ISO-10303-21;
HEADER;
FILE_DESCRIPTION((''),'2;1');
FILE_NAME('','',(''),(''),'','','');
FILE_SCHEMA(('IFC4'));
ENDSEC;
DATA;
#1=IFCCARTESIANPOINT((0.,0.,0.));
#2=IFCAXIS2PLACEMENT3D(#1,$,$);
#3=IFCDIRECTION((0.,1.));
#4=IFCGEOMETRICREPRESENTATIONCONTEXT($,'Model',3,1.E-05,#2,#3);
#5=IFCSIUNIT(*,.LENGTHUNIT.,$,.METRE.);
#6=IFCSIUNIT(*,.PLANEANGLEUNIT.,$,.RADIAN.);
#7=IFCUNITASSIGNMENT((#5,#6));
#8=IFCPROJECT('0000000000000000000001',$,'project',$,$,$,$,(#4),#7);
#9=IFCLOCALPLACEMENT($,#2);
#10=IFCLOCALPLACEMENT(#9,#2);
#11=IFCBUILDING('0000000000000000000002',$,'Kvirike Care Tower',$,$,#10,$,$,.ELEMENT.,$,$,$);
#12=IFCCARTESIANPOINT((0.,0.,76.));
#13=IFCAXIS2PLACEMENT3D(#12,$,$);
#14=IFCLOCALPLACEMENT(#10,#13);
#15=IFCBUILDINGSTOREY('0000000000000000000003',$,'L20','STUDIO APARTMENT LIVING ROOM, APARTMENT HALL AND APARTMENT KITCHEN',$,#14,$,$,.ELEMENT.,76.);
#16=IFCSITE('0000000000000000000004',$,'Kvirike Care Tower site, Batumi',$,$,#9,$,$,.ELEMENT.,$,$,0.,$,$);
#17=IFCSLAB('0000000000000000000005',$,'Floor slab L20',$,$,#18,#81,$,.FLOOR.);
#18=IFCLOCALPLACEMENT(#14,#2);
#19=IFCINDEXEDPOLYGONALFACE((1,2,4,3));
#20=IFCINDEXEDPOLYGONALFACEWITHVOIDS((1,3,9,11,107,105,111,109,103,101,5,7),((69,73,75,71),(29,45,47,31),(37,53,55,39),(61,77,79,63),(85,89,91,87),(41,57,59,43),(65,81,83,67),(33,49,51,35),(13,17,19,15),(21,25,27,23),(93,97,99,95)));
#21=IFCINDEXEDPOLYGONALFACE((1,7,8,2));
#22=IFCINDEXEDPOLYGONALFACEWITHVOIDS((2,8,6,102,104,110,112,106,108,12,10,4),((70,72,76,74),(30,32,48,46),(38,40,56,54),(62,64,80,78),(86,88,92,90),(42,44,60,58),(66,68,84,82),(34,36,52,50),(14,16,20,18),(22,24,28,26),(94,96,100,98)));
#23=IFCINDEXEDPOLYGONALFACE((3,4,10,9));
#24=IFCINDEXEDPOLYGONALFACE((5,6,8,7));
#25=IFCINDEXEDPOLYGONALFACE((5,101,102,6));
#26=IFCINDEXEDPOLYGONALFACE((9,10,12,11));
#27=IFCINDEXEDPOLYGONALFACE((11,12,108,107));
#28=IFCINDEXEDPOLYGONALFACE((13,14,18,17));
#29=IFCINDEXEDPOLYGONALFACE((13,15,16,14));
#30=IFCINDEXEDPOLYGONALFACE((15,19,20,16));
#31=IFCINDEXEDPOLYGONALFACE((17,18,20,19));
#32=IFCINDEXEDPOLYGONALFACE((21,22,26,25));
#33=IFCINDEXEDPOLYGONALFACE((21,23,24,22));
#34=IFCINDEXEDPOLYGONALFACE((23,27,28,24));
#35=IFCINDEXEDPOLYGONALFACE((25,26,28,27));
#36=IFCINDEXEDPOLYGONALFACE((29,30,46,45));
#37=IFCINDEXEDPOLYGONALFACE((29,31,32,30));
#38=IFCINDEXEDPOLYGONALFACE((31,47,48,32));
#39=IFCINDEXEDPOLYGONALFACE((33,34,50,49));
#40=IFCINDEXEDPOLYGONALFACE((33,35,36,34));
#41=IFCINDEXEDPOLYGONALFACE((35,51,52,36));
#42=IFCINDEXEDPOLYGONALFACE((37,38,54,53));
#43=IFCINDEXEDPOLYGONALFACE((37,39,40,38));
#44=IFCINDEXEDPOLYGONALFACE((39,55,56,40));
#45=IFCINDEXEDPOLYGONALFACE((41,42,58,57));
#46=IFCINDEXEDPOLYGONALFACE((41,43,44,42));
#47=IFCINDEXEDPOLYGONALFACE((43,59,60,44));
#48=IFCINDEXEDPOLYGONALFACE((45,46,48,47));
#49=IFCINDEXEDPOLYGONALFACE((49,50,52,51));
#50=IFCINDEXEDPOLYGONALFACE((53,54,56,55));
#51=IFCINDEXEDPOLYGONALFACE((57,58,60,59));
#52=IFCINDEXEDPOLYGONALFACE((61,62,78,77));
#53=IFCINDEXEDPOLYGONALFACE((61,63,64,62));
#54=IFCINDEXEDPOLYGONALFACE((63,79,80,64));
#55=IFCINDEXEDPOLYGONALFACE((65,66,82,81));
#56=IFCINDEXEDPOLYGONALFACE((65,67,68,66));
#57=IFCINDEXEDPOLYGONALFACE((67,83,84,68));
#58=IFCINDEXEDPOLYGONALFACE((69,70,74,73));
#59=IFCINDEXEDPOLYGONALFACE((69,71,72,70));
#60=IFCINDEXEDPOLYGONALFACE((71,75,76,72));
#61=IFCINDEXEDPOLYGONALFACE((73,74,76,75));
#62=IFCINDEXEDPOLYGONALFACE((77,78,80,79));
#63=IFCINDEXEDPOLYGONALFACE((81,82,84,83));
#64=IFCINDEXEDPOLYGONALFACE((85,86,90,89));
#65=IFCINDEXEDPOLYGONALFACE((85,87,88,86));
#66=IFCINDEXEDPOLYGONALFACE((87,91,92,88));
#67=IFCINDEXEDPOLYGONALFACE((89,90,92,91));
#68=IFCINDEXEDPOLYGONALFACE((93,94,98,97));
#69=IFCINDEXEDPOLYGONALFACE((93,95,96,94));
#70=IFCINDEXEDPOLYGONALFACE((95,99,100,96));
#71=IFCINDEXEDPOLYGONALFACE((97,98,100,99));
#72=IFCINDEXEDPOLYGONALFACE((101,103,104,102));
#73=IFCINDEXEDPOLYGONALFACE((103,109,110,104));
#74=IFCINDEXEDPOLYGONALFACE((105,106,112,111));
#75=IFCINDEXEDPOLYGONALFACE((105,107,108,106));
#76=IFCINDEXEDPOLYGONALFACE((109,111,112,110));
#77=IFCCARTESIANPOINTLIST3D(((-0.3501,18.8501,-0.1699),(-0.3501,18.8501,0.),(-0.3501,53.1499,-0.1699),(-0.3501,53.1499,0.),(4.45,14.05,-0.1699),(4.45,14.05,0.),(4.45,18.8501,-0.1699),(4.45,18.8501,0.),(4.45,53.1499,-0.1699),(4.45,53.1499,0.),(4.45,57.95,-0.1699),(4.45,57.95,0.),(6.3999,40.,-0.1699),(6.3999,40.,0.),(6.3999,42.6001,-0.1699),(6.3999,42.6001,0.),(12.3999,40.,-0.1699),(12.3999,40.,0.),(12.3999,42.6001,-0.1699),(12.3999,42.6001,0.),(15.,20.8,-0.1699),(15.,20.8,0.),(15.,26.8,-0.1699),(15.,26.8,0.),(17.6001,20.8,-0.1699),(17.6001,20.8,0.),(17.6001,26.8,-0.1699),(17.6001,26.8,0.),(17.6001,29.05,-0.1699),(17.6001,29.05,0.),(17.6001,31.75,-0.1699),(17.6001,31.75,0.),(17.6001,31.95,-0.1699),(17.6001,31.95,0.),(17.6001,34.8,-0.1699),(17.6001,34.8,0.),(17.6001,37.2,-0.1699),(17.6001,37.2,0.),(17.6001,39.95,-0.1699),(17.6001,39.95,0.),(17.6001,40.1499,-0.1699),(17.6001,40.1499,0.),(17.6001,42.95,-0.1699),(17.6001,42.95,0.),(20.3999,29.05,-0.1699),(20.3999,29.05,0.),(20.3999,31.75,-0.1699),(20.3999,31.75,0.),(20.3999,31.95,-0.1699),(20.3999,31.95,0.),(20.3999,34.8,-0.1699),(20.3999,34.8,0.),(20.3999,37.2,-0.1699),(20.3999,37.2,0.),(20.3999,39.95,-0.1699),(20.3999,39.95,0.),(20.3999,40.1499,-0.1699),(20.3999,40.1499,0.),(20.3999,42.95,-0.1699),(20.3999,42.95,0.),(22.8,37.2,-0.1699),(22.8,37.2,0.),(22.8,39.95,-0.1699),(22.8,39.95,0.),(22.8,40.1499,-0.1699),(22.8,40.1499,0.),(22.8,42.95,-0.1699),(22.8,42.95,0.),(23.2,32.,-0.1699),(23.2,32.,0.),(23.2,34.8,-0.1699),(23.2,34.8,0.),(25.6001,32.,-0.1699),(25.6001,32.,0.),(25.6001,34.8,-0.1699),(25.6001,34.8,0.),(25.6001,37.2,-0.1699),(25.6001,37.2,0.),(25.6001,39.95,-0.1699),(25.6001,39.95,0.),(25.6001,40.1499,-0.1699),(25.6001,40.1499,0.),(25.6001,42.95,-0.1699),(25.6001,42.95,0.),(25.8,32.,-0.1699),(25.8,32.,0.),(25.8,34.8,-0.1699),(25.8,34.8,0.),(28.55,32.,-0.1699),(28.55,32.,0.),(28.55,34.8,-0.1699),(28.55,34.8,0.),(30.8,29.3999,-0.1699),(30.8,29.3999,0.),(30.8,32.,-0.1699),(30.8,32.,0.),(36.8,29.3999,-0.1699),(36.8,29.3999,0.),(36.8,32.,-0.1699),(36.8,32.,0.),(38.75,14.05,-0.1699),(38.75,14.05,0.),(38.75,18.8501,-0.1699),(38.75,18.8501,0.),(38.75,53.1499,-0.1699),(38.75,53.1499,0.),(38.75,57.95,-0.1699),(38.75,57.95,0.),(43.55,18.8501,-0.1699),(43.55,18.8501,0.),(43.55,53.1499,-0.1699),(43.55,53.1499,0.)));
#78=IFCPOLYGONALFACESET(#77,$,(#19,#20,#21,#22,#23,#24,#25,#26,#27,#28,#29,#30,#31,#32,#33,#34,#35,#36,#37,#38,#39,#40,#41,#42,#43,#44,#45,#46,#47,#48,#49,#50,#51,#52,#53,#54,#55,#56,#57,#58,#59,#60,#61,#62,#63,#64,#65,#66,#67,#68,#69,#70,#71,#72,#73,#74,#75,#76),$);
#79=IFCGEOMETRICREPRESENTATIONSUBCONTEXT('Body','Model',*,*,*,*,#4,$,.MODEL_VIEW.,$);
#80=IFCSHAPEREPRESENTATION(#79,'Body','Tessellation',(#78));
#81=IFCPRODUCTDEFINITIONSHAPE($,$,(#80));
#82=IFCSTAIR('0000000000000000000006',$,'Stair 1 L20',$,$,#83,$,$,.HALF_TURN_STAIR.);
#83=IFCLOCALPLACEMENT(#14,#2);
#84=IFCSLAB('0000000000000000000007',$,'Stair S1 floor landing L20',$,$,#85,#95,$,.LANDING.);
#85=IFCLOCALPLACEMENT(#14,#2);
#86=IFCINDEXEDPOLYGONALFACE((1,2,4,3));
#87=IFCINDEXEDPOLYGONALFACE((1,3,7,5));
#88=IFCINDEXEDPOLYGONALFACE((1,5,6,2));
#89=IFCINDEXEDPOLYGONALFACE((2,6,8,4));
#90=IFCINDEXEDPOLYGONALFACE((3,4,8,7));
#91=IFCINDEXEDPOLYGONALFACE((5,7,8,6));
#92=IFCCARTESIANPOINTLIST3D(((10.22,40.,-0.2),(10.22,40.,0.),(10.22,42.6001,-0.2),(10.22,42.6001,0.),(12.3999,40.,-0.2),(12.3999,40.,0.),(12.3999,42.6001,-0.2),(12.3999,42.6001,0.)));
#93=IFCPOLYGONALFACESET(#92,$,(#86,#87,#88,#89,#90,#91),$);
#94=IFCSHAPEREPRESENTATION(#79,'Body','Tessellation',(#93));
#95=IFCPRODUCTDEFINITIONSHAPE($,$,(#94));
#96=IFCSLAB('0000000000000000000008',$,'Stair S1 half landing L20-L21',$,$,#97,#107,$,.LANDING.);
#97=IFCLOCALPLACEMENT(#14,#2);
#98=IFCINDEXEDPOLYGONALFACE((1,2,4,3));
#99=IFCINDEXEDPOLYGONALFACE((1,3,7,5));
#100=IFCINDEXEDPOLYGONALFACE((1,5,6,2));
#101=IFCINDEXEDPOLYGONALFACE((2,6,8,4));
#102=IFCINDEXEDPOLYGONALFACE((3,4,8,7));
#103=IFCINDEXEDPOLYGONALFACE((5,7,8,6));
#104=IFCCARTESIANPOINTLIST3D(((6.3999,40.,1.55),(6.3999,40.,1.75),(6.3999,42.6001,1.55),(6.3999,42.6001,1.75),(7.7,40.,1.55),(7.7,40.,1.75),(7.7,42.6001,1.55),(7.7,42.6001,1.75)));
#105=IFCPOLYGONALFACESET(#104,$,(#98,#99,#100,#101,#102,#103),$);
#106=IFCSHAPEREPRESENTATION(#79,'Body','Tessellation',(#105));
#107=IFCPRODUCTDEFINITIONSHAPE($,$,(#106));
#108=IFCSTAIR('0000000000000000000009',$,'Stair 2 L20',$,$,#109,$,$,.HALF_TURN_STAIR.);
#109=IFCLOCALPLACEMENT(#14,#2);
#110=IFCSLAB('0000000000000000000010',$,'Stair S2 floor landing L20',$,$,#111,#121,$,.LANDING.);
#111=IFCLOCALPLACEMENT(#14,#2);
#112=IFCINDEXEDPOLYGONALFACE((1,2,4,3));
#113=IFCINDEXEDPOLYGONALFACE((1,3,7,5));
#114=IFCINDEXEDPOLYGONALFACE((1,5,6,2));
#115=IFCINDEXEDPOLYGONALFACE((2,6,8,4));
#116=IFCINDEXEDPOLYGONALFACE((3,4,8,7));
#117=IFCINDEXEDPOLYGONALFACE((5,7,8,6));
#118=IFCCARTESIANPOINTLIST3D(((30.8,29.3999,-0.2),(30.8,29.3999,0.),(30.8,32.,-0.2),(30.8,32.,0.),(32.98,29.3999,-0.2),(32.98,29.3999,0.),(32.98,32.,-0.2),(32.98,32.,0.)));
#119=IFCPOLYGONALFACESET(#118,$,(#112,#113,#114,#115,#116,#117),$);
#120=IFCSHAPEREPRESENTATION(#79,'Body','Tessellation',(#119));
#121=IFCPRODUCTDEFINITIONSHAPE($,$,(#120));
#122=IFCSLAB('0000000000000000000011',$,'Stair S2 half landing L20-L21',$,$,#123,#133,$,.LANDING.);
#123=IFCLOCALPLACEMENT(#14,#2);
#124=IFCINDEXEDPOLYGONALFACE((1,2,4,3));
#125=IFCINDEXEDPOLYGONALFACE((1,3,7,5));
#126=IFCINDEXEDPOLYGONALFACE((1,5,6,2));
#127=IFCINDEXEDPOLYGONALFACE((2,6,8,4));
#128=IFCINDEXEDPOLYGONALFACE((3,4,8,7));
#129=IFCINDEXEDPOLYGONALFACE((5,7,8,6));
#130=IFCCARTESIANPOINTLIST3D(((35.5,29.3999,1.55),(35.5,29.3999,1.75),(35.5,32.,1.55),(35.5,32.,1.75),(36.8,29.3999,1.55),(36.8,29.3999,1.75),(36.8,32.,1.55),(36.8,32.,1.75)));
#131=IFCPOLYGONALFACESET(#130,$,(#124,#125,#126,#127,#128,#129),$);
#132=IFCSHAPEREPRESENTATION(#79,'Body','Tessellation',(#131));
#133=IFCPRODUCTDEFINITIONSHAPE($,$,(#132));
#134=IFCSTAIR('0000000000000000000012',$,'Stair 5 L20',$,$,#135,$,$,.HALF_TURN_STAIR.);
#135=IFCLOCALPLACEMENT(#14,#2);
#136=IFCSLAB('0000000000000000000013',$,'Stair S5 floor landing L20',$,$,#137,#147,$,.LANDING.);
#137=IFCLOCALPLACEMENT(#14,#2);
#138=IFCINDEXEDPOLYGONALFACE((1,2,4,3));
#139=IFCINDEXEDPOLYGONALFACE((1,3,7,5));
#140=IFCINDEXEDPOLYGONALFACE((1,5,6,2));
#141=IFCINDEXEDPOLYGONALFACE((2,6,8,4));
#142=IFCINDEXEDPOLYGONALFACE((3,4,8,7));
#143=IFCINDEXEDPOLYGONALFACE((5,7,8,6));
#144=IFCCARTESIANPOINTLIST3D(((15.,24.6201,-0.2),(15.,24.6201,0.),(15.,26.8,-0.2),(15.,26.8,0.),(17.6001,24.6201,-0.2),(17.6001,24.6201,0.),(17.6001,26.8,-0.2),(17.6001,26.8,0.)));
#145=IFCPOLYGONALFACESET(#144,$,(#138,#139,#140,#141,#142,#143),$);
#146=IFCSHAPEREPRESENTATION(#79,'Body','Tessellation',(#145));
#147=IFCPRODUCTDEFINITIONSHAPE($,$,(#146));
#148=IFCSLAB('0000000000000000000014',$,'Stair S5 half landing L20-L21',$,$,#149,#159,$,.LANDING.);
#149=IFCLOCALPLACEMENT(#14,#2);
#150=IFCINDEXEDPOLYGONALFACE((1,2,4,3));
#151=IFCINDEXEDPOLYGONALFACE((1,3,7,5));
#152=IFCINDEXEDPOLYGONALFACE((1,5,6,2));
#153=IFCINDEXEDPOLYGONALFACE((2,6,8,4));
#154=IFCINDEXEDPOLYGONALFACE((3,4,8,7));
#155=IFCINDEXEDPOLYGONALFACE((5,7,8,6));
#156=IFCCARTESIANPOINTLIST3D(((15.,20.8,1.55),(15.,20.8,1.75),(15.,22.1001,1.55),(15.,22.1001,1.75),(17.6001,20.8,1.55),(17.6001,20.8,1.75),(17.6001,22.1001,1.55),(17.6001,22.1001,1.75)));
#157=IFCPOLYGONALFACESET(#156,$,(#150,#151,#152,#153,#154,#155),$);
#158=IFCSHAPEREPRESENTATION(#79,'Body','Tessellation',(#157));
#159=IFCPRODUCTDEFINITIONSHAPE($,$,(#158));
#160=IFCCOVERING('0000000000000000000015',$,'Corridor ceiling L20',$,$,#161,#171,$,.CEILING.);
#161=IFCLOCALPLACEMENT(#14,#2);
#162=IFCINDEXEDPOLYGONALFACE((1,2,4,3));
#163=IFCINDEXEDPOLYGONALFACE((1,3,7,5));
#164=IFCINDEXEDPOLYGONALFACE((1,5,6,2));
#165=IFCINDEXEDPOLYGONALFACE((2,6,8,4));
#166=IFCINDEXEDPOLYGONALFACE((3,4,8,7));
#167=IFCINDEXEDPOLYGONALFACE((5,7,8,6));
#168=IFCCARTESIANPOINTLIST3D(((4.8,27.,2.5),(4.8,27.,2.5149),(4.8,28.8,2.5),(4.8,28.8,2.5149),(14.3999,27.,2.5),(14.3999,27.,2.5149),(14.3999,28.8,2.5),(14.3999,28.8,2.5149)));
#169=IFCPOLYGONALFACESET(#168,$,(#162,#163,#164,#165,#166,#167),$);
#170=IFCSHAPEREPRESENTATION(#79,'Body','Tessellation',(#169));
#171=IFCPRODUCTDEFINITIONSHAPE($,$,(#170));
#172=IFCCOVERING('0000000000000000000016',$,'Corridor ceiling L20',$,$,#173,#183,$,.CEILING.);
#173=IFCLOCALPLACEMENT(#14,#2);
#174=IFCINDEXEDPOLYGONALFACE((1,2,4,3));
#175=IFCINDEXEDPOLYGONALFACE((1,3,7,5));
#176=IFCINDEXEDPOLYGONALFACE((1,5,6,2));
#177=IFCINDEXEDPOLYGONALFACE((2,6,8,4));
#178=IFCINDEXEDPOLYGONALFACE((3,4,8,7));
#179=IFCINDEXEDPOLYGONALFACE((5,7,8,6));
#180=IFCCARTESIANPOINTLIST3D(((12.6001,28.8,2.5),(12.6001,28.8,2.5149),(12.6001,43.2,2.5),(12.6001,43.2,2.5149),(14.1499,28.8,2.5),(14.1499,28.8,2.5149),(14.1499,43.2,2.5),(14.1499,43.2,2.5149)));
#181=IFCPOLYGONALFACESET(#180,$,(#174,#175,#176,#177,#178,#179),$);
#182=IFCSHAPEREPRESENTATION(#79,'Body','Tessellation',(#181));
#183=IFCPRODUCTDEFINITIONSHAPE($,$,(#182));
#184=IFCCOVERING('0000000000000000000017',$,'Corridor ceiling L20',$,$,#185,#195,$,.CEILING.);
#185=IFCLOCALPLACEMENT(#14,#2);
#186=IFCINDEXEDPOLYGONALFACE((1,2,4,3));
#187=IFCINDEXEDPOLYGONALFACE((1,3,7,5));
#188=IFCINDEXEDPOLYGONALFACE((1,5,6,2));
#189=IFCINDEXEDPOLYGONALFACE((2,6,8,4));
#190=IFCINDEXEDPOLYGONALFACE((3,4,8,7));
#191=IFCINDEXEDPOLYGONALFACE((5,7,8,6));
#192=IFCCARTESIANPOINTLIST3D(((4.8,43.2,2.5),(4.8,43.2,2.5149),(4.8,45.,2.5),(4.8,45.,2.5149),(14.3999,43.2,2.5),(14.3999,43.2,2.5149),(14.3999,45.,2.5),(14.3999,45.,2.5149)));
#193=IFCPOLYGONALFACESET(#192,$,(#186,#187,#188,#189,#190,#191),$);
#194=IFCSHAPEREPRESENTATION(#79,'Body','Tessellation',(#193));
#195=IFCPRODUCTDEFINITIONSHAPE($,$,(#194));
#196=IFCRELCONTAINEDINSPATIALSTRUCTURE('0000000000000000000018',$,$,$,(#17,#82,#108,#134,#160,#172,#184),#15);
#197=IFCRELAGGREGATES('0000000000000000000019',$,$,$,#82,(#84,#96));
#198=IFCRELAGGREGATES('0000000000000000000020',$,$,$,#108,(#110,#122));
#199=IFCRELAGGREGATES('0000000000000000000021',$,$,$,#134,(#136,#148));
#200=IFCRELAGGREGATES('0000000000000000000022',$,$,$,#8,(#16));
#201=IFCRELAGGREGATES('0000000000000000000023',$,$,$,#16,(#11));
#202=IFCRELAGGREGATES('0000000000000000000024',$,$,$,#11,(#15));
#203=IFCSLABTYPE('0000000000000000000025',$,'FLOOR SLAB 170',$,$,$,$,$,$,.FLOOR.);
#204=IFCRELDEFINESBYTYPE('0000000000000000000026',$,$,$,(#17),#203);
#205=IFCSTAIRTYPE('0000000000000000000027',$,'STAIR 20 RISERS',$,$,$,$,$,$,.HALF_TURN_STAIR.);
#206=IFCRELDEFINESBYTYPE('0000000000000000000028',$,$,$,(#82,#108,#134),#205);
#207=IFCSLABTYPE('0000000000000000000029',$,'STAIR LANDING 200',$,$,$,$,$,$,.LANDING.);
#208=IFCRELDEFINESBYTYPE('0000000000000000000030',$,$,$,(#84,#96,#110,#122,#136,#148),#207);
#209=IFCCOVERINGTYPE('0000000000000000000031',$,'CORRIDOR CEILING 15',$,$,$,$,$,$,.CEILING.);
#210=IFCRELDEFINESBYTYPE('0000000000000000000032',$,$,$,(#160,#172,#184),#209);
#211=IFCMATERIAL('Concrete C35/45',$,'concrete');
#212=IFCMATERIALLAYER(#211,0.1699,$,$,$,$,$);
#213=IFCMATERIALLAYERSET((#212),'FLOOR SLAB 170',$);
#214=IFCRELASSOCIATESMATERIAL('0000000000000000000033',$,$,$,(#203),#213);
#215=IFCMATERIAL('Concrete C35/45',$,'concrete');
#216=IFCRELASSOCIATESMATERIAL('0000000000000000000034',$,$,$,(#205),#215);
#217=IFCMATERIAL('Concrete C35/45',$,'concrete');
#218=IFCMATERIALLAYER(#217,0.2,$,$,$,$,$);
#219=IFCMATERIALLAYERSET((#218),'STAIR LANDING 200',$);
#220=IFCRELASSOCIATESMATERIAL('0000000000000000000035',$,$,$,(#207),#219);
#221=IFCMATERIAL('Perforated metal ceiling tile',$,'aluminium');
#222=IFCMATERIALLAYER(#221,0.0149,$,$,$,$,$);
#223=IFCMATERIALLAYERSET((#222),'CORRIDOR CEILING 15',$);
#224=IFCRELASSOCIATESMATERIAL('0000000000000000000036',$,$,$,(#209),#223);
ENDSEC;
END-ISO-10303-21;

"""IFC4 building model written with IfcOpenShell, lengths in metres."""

from ifc_helpers import new_model, si_unit, direction, frame, origin, place, context, subcontext, project, spatial, polyline, outline, extrude, material, layer, layer_set, type_object, element, aggregate, save


model = new_model("IFC4")

# Units and contexts
model_context = context("Model", 3, precision=1e-05, world=origin(), true_north=direction((0.0, 1.0)))
body_context = subcontext(model_context, "Body", "Model", "MODEL_VIEW")
ifc_project = project(units=[si_unit("LENGTHUNIT", "METRE"), si_unit("PLANEANGLEUNIT", "RADIAN")], contexts=[model_context])

# Site, building, storey
site_placement = place(None, origin())
site = spatial("IfcSite", under=ifc_project, at=site_placement, Name="Kvirike Care Tower site, Batumi", CompositionType="ELEMENT", RefElevation=0.0)
building_placement = place(site_placement, origin())
building = spatial("IfcBuilding", under=site, at=building_placement, Name="Kvirike Care Tower", CompositionType="ELEMENT")
storey_placement = place(building_placement, frame((0.0, 0.0, 76.0)))
storey = spatial("IfcBuildingStorey", under=building, at=storey_placement, Name="L20", Description="STUDIO APARTMENT LIVING ROOM, APARTMENT HALL AND APARTMENT KITCHEN", CompositionType="ELEMENT", Elevation=76.0)

# Slab
ifc_material_1 = material(Name="Concrete C35/45", Category="concrete")
ifc_layer_1 = layer(ifc_material_1, 0.1699)
ifc_layer_set_1 = layer_set([ifc_layer_1], Name="FLOOR SLAB 170")
slab_type_1 = type_object("IfcSlabType", Name="FLOOR SLAB 170", PredefinedType="FLOOR", material=ifc_layer_set_1)
slab_1_placement = place(storey_placement, frame((0.0, 0.0, -0.1699)))
element("IfcSlab", 1, at=slab_1_placement, inside=storey, type_object=slab_type_1, Name="Floor slab L20", PredefinedType="FLOOR", context=body_context, shape_type="SweptSolid", body=[
    extrude(outline(polyline([(-0.3501, 53.1499), (-0.3501, 18.8501), (4.45, 18.8501), (4.45, 14.05), (38.75, 14.05), (38.75, 18.8501), (43.55, 18.8501), (43.55, 53.1499), (38.75, 53.1499), (38.75, 57.95), (4.45, 57.95), (4.45, 53.1499), (-0.3501, 53.1499)]), holes=[polyline([(17.6001, 29.05), (17.6001, 31.75), (20.3999, 31.75), (20.3999, 29.05), (17.6001, 29.05)]), polyline([(17.6001, 31.95), (17.6001, 34.8), (20.3999, 34.8), (20.3999, 31.95), (17.6001, 31.95)]), polyline([(17.6001, 37.2), (17.6001, 39.95), (20.3999, 39.95), (20.3999, 37.2), (17.6001, 37.2)]), polyline([(17.6001, 40.1499), (17.6001, 42.95), (20.3999, 42.95), (20.3999, 40.1499), (17.6001, 40.1499)]), polyline([(22.8, 37.2), (22.8, 39.95), (25.6001, 39.95), (25.6001, 37.2), (22.8, 37.2)]), polyline([(22.8, 40.1499), (22.8, 42.95), (25.6001, 42.95), (25.6001, 40.1499), (22.8, 40.1499)]), polyline([(23.2, 32.0), (23.2, 34.8), (25.6001, 34.8), (25.6001, 32.0), (23.2, 32.0)]), polyline([(25.8, 32.0), (25.8, 34.8), (28.55, 34.8), (28.55, 32.0), (25.8, 32.0)]), polyline([(12.3999, 42.6001), (12.3999, 40.0), (6.3999, 40.0), (6.3999, 42.6001), (12.3999, 42.6001)]), polyline([(30.8, 29.3999), (30.8, 32.0), (36.8, 32.0), (36.8, 29.3999), (30.8, 29.3999)]), polyline([(15.0, 26.8), (17.6001, 26.8), (17.6001, 20.8), (15.0, 20.8), (15.0, 26.8)])]), origin(), (0.0, 0.0, 1.0), 0.1699),
])

# Stairs, slabs
ifc_material_2 = material(Name="Concrete C35/45", Category="concrete")
stair_type = type_object("IfcStairType", Name="STAIR 20 RISERS", PredefinedType="HALF_TURN_STAIR", material=ifc_material_2)
stair_1_placement = place(storey_placement, origin())
stair_1 = element("IfcStair", 2, at=stair_1_placement, inside=storey, type_object=stair_type, Name="Stair 1 L20", PredefinedType="HALF_TURN_STAIR")
ifc_material_3 = material(Name="Concrete C35/45", Category="concrete")
ifc_layer_2 = layer(ifc_material_3, 0.2)
ifc_layer_set_2 = layer_set([ifc_layer_2], Name="STAIR LANDING 200")
slab_type_2 = type_object("IfcSlabType", Name="STAIR LANDING 200", PredefinedType="LANDING", material=ifc_layer_set_2)
slab_2_placement = place(storey_placement, frame((0.0, 0.0, -0.2)))
slab_2 = element("IfcSlab", 3, at=slab_2_placement, type_object=slab_type_2, Name="Stair S1 floor landing L20", PredefinedType="LANDING", context=body_context, shape_type="SweptSolid", body=[
    extrude(outline(polyline([(10.22, 42.6001), (10.22, 40.0), (12.3999, 40.0), (12.3999, 42.6001), (10.22, 42.6001)])), origin(), (0.0, 0.0, 1.0), 0.2),
])
slab_3_placement = place(storey_placement, frame((0.0, 0.0, 1.55)))
slab_3 = element("IfcSlab", 4, at=slab_3_placement, type_object=slab_type_2, Name="Stair S1 half landing L20-L21", PredefinedType="LANDING", context=body_context, shape_type="SweptSolid", body=[
    extrude(outline(polyline([(6.3999, 42.6001), (6.3999, 40.0), (7.7, 40.0), (7.7, 42.6001), (6.3999, 42.6001)])), origin(), (0.0, 0.0, 1.0), 0.2),
])
aggregate(stair_1, [slab_2, slab_3])
stair_2_placement = place(storey_placement, origin())
stair_2 = element("IfcStair", 5, at=stair_2_placement, inside=storey, type_object=stair_type, Name="Stair 2 L20", PredefinedType="HALF_TURN_STAIR")
slab_4_placement = place(storey_placement, frame((0.0, 0.0, -0.2)))
slab_4 = element("IfcSlab", 6, at=slab_4_placement, type_object=slab_type_2, Name="Stair S2 floor landing L20", PredefinedType="LANDING", context=body_context, shape_type="SweptSolid", body=[
    extrude(outline(polyline([(32.98, 29.3999), (32.98, 32.0), (30.8, 32.0), (30.8, 29.3999), (32.98, 29.3999)])), origin(), (0.0, 0.0, 1.0), 0.2),
])
slab_5_placement = place(storey_placement, frame((0.0, 0.0, 1.55)))
slab_5 = element("IfcSlab", 7, at=slab_5_placement, type_object=slab_type_2, Name="Stair S2 half landing L20-L21", PredefinedType="LANDING", context=body_context, shape_type="SweptSolid", body=[
    extrude(outline(polyline([(36.8, 29.3999), (36.8, 32.0), (35.5, 32.0), (35.5, 29.3999), (36.8, 29.3999)])), origin(), (0.0, 0.0, 1.0), 0.2),
])
aggregate(stair_2, [slab_4, slab_5])
stair_3_placement = place(storey_placement, origin())
stair_3 = element("IfcStair", 8, at=stair_3_placement, inside=storey, type_object=stair_type, Name="Stair 5 L20", PredefinedType="HALF_TURN_STAIR")
slab_6_placement = place(storey_placement, frame((0.0, 0.0, -0.2)))
slab_6 = element("IfcSlab", 9, at=slab_6_placement, type_object=slab_type_2, Name="Stair S5 floor landing L20", PredefinedType="LANDING", context=body_context, shape_type="SweptSolid", body=[
    extrude(outline(polyline([(15.0, 24.6201), (17.6001, 24.6201), (17.6001, 26.8), (15.0, 26.8), (15.0, 24.6201)])), origin(), (0.0, 0.0, 1.0), 0.2),
])
slab_7_placement = place(storey_placement, frame((0.0, 0.0, 1.55)))
slab_7 = element("IfcSlab", 10, at=slab_7_placement, type_object=slab_type_2, Name="Stair S5 half landing L20-L21", PredefinedType="LANDING", context=body_context, shape_type="SweptSolid", body=[
    extrude(outline(polyline([(15.0, 20.8), (17.6001, 20.8), (17.6001, 22.1001), (15.0, 22.1001), (15.0, 20.8)])), origin(), (0.0, 0.0, 1.0), 0.2),
])
aggregate(stair_3, [slab_6, slab_7])

# Coverings
ifc_material_4 = material(Name="Perforated metal ceiling tile", Category="aluminium")
ifc_layer_3 = layer(ifc_material_4, 0.0149)
ifc_layer_set_3 = layer_set([ifc_layer_3], Name="CORRIDOR CEILING 15")
covering_type_1 = type_object("IfcCoveringType", Name="CORRIDOR CEILING 15", PredefinedType="CEILING", material=ifc_layer_set_3)
covering_1_placement = place(storey_placement, frame((0.0, 0.0, 2.5)))
element("IfcCovering", 11, at=covering_1_placement, inside=storey, type_object=covering_type_1, Name="Corridor ceiling L20", PredefinedType="CEILING", context=body_context, shape_type="SweptSolid", body=[
    extrude(outline(polyline([(4.8, 27.0), (4.8, 28.8), (14.3999, 28.8), (14.3999, 27.0), (4.8, 27.0)])), origin(), (0.0, 0.0, 1.0), 0.0149),
])
covering_2_placement = place(storey_placement, frame((0.0, 0.0, 2.5)))
element("IfcCovering", 12, at=covering_2_placement, inside=storey, type_object=covering_type_1, Name="Corridor ceiling L20", PredefinedType="CEILING", context=body_context, shape_type="SweptSolid", body=[
    extrude(outline(polyline([(12.6001, 43.2), (14.1499, 43.2), (14.1499, 28.8), (12.6001, 28.8), (12.6001, 43.2)])), origin(), (0.0, 0.0, 1.0), 0.0149),
])
covering_3_placement = place(storey_placement, frame((0.0, 0.0, 2.5)))
element("IfcCovering", 13, at=covering_3_placement, inside=storey, type_object=covering_type_1, Name="Corridor ceiling L20", PredefinedType="CEILING", context=body_context, shape_type="SweptSolid", body=[
    extrude(outline(polyline([(14.3999, 45.0), (14.3999, 43.2), (4.8, 43.2), (4.8, 45.0), (14.3999, 45.0)])), origin(), (0.0, 0.0, 1.0), 0.0149),
])

save(model, "model.ifc")
